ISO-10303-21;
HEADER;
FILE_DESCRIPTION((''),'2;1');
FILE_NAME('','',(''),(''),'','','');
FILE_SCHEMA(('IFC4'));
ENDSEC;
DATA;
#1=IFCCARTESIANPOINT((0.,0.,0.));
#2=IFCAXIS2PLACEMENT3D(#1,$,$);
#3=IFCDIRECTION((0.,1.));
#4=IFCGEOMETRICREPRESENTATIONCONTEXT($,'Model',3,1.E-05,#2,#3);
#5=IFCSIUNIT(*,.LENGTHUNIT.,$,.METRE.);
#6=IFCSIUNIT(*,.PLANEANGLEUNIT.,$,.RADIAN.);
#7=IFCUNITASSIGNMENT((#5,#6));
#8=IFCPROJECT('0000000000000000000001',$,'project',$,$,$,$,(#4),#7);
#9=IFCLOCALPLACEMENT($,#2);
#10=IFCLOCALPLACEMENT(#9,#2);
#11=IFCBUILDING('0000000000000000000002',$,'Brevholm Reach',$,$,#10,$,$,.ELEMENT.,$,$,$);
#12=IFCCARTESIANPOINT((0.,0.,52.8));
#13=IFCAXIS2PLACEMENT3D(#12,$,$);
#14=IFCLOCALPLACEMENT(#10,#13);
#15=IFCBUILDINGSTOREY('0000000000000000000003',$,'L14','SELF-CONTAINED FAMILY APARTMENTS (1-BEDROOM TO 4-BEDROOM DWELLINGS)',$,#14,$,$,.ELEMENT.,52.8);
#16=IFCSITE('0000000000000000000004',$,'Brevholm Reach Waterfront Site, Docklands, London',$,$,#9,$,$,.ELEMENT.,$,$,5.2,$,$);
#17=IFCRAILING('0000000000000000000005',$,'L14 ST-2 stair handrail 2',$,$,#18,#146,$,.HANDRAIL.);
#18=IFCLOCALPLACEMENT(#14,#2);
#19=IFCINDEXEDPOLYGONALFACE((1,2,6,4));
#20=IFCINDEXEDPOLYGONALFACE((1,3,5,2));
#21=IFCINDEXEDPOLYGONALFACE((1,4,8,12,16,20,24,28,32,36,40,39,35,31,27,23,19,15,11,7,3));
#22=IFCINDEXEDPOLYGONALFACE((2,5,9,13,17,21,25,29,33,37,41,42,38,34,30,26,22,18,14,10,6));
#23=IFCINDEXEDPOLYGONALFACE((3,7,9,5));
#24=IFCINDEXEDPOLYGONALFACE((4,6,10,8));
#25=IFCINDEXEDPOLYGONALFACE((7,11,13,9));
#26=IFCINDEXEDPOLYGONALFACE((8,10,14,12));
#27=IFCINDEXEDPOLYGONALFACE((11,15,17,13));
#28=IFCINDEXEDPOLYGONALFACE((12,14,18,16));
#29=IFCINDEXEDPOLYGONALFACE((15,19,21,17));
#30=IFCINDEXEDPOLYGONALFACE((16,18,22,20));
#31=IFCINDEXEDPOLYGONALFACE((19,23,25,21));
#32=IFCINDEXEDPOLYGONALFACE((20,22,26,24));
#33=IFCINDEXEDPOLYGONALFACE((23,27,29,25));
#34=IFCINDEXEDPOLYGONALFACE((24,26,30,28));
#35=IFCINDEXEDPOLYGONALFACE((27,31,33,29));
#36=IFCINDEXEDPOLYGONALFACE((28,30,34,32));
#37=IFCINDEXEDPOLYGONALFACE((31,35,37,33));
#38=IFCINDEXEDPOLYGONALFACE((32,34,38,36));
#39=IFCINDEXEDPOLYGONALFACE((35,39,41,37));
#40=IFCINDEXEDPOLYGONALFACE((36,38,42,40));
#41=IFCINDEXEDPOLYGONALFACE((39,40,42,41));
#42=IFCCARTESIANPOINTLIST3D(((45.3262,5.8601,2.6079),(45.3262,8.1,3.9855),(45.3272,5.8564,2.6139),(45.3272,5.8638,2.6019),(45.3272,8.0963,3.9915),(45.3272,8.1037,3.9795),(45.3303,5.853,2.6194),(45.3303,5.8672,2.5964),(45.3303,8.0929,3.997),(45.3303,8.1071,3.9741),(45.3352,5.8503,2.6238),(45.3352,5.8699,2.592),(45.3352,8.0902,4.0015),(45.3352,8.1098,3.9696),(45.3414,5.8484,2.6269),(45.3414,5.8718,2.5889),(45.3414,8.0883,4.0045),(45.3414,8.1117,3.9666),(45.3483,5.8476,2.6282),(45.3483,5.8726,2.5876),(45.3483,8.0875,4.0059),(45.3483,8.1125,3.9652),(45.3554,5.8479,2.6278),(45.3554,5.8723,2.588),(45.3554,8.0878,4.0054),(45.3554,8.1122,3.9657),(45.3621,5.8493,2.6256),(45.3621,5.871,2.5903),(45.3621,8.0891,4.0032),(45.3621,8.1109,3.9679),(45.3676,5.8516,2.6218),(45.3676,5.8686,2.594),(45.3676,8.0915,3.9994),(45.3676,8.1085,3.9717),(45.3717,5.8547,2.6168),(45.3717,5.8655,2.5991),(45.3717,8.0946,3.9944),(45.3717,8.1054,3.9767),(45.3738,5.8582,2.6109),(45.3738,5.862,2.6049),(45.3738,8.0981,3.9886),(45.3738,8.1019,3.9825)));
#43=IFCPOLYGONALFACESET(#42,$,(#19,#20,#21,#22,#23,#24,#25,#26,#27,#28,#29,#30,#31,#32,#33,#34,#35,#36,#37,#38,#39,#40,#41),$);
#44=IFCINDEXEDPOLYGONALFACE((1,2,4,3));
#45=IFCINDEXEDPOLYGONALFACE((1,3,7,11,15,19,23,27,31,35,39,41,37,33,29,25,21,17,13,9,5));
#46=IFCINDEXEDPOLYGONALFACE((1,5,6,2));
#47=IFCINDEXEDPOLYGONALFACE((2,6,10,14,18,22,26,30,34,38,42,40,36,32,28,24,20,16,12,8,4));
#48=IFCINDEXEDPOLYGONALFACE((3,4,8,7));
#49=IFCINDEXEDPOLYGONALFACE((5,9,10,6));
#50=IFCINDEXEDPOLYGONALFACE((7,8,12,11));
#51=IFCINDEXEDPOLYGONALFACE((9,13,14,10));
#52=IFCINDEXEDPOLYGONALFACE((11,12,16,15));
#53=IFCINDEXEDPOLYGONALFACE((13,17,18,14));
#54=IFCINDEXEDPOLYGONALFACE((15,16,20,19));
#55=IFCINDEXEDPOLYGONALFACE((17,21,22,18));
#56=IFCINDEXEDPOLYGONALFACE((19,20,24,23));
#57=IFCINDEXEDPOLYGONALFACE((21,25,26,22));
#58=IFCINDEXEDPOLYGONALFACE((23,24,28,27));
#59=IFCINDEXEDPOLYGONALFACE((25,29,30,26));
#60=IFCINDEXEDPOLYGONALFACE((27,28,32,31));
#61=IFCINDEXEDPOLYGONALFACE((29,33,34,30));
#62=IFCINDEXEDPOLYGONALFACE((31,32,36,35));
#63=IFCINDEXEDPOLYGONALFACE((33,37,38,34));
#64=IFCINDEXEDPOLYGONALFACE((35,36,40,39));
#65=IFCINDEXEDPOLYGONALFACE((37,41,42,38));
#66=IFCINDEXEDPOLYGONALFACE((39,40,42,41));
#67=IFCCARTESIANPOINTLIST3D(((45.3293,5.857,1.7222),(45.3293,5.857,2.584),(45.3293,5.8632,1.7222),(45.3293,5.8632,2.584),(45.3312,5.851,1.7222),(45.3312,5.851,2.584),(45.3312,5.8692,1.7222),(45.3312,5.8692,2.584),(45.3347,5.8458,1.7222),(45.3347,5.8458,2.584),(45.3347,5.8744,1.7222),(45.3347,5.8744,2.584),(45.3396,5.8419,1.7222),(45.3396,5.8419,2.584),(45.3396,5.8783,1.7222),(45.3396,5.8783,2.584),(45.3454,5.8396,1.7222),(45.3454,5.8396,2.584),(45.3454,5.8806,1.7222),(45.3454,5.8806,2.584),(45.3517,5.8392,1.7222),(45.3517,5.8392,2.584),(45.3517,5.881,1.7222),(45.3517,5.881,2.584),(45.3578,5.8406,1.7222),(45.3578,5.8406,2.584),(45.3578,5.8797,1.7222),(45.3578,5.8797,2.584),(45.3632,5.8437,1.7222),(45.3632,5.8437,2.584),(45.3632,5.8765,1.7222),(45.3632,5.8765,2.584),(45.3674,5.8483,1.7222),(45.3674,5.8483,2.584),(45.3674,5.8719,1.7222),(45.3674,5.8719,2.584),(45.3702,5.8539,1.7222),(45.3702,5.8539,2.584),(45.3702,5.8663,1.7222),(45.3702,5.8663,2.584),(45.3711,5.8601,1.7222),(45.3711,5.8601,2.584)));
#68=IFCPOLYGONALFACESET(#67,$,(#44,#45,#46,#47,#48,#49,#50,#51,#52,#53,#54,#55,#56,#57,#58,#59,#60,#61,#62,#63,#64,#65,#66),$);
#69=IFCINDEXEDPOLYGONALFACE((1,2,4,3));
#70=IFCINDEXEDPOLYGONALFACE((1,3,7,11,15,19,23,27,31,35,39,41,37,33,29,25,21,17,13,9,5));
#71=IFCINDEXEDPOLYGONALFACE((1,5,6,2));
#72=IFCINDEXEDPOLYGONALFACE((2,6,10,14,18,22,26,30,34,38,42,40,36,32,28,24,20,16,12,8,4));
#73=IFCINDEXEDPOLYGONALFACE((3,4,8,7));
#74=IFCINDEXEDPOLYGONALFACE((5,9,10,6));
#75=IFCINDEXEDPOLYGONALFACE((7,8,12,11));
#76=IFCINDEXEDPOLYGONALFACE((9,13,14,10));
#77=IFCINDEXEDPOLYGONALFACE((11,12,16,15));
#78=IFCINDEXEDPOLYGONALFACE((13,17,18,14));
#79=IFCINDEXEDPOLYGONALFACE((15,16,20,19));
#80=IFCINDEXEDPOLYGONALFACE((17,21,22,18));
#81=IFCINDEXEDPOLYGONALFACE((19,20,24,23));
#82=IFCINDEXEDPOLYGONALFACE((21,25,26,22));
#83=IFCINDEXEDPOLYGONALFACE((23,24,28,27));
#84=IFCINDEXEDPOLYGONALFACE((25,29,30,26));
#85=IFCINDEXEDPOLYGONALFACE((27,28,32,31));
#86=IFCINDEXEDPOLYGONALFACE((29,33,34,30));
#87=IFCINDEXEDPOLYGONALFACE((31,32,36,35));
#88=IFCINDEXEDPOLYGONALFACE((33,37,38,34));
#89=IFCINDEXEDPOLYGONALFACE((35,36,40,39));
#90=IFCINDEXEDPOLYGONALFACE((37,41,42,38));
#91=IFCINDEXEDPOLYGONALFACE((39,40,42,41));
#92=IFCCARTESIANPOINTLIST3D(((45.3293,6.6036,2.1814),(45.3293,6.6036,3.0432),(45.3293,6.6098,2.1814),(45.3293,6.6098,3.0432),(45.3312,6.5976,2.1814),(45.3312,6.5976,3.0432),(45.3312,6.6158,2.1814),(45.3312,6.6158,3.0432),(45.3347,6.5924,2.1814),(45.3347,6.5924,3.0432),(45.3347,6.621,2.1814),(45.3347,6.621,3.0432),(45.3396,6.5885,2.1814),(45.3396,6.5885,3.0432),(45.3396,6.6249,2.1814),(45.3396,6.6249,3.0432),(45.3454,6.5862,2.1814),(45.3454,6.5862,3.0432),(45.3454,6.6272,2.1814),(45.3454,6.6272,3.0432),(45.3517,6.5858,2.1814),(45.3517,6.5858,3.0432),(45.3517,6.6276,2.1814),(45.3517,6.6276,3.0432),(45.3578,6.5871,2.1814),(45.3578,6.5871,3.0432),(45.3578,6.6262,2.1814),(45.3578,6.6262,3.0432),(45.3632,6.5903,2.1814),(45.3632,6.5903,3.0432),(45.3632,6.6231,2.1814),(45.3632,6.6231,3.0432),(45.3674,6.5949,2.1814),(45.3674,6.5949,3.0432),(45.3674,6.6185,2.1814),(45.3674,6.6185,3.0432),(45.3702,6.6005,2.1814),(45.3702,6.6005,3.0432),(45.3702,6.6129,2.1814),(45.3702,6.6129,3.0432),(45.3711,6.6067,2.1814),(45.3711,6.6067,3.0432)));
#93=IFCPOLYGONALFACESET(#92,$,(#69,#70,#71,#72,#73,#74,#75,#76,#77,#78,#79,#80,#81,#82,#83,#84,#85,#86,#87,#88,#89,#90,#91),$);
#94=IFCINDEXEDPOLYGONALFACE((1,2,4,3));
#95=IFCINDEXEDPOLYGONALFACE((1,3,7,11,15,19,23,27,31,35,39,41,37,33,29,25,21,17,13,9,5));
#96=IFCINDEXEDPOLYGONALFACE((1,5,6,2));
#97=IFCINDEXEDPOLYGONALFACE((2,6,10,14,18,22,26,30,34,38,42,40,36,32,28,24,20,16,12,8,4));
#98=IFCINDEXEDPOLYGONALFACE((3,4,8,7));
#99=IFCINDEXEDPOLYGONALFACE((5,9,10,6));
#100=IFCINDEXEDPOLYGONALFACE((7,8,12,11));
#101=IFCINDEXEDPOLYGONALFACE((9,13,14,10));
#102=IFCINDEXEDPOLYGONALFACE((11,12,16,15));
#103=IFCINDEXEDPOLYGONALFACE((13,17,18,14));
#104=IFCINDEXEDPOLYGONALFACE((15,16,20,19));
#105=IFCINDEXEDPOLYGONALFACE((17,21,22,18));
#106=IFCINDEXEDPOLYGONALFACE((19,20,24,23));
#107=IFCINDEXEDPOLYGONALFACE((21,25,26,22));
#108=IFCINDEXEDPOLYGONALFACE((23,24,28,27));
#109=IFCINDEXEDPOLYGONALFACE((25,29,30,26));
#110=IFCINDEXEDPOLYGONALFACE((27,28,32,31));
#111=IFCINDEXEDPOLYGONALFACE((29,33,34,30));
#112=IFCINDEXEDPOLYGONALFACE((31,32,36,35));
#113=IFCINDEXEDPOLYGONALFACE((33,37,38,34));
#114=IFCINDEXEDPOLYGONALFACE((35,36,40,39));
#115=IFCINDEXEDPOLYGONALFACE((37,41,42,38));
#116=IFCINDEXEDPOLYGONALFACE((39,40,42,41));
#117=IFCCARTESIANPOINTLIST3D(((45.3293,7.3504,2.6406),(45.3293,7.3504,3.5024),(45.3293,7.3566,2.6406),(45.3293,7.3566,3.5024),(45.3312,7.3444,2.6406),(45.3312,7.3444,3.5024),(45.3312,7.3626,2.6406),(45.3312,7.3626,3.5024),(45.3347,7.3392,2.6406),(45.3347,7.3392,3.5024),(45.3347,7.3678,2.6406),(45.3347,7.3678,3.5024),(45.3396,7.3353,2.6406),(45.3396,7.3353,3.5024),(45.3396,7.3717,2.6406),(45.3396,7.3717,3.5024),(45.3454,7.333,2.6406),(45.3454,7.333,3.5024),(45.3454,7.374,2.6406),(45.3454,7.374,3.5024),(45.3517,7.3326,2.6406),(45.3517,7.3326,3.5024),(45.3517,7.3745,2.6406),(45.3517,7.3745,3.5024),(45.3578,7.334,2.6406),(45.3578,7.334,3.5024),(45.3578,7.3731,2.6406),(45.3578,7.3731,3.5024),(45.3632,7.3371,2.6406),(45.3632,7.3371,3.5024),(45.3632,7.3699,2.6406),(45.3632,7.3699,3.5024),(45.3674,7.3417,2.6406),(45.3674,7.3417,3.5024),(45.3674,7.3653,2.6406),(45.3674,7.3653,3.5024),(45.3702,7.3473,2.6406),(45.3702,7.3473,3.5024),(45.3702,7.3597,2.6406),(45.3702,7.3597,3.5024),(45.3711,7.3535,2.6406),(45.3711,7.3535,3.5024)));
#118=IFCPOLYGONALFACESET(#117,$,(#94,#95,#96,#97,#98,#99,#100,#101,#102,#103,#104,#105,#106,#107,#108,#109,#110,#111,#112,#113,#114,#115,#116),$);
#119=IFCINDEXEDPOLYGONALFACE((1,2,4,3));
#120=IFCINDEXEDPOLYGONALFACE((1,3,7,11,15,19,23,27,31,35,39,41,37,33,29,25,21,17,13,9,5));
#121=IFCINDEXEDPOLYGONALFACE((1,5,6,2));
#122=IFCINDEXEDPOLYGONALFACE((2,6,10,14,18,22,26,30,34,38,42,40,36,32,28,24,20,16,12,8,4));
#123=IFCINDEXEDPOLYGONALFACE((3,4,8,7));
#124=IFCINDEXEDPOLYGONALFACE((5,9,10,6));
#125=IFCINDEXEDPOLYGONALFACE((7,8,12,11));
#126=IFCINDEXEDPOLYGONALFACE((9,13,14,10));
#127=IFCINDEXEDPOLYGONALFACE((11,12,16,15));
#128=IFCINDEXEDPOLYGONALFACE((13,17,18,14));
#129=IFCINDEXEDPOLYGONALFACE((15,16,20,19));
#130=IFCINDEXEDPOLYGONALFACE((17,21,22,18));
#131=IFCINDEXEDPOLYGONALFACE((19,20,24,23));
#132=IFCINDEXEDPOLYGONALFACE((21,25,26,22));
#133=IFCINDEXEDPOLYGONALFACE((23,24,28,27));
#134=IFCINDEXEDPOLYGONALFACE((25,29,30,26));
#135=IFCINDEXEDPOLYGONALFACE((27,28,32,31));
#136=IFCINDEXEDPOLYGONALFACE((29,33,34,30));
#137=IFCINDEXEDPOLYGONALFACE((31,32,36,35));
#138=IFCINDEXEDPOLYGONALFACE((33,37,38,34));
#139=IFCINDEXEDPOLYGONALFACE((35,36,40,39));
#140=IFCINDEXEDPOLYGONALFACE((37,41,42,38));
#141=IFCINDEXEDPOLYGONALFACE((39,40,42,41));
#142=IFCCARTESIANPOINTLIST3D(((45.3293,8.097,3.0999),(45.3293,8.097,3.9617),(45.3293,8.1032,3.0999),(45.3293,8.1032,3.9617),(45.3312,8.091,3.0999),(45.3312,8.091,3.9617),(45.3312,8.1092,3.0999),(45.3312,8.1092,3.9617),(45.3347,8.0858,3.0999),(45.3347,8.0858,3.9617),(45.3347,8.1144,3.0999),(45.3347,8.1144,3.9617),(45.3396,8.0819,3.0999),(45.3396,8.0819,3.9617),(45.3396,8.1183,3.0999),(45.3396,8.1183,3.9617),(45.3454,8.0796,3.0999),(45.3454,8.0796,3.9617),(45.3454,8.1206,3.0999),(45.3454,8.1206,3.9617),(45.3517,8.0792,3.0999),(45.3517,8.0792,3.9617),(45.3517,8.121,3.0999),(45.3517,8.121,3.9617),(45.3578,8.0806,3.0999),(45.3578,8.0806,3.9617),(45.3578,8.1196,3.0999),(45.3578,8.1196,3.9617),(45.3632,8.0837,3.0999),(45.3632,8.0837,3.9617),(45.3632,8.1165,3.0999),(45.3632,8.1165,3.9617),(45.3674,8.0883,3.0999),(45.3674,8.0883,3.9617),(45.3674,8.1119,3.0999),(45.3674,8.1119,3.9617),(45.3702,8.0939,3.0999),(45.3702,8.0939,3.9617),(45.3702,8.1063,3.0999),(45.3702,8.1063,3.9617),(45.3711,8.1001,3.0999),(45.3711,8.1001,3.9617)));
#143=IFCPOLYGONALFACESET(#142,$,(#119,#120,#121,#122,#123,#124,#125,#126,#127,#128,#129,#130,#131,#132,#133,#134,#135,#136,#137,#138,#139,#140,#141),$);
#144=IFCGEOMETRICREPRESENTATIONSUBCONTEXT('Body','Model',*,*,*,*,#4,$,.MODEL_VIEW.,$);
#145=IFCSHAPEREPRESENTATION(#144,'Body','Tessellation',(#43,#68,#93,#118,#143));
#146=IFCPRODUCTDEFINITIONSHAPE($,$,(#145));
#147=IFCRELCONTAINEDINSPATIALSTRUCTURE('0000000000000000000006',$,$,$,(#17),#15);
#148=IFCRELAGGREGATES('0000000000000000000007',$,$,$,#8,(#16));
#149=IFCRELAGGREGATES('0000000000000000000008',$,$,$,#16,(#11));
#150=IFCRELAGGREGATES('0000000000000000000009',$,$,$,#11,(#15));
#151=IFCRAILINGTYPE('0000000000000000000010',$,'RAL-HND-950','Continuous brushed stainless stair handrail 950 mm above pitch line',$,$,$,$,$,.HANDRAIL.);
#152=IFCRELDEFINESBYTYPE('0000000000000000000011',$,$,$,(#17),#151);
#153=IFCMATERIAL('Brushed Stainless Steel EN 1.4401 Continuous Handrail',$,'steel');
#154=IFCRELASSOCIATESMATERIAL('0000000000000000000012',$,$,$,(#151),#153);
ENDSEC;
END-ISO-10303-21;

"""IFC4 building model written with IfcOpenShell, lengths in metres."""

from ifc_helpers import new_model, si_unit, direction, frame, origin, origin_2d, place, context, subcontext, project, spatial, circle, extrude, material, type_object, element, save


model = new_model("IFC4")

# Units and contexts
model_context = context("Model", 3, precision=1e-05, world=origin(), true_north=direction((0.0, 1.0)))
body_context = subcontext(model_context, "Body", "Model", "MODEL_VIEW")
ifc_project = project(units=[si_unit("LENGTHUNIT", "METRE"), si_unit("PLANEANGLEUNIT", "RADIAN")], contexts=[model_context])

# Site, building, storey
site_placement = place(None, origin())
site = spatial("IfcSite", under=ifc_project, at=site_placement, Name="Brevholm Reach Waterfront Site, Docklands, London", CompositionType="ELEMENT", RefElevation=5.2)
building_placement = place(site_placement, origin())
building = spatial("IfcBuilding", under=site, at=building_placement, Name="Brevholm Reach", CompositionType="ELEMENT")
storey_placement = place(building_placement, frame((0.0, 0.0, 52.8)))
storey = spatial("IfcBuildingStorey", under=building, at=storey_placement, Name="L14", Description="SELF-CONTAINED FAMILY APARTMENTS (1-BEDROOM TO 4-BEDROOM DWELLINGS)", CompositionType="ELEMENT", Elevation=52.8)

# Railing
ifc_material_1 = material(Name="Brushed Stainless Steel EN 1.4401 Continuous Handrail", Category="steel")
railing_type_1 = type_object("IfcRailingType", Name="RAL-HND-950", Description="Continuous brushed stainless stair handrail 950 mm above pitch line", PredefinedType="HANDRAIL", material=ifc_material_1)
railing_1_placement = place(storey_placement, frame((45.3501, 5.8601, 1.7222)))
element("IfcRailing", 1, at=railing_1_placement, inside=storey, type_object=railing_type_1, Name="L14 ST-2 stair handrail 2", PredefinedType="HANDRAIL", context=body_context, shape_type="SweptSolid", body=[
    extrude(circle(Radius=0.0239, at=origin_2d()), frame((0.0, 0.0, 0.8857), z_axis=(0.0, 0.851789, 0.523885), x_axis=(-1.0, 0.0, 0.0)), (0.0, 0.0, 1.0), 2.6296),
    extrude(circle(Radius=0.021, at=origin_2d()), origin(), (0.0, 0.0, 1.0), 0.8618),
    extrude(circle(Radius=0.021, at=origin_2d()), frame((0.0, 0.7466, 0.4592)), (0.0, 0.0, 1.0), 0.8618),
    extrude(circle(Radius=0.021, at=origin_2d()), frame((0.0, 1.4934, 0.9185)), (0.0, 0.0, 1.0), 0.8618),
    extrude(circle(Radius=0.021, at=origin_2d()), frame((0.0, 2.24, 1.3777)), (0.0, 0.0, 1.0), 0.8618),
])

save(model, "model.ifc")
